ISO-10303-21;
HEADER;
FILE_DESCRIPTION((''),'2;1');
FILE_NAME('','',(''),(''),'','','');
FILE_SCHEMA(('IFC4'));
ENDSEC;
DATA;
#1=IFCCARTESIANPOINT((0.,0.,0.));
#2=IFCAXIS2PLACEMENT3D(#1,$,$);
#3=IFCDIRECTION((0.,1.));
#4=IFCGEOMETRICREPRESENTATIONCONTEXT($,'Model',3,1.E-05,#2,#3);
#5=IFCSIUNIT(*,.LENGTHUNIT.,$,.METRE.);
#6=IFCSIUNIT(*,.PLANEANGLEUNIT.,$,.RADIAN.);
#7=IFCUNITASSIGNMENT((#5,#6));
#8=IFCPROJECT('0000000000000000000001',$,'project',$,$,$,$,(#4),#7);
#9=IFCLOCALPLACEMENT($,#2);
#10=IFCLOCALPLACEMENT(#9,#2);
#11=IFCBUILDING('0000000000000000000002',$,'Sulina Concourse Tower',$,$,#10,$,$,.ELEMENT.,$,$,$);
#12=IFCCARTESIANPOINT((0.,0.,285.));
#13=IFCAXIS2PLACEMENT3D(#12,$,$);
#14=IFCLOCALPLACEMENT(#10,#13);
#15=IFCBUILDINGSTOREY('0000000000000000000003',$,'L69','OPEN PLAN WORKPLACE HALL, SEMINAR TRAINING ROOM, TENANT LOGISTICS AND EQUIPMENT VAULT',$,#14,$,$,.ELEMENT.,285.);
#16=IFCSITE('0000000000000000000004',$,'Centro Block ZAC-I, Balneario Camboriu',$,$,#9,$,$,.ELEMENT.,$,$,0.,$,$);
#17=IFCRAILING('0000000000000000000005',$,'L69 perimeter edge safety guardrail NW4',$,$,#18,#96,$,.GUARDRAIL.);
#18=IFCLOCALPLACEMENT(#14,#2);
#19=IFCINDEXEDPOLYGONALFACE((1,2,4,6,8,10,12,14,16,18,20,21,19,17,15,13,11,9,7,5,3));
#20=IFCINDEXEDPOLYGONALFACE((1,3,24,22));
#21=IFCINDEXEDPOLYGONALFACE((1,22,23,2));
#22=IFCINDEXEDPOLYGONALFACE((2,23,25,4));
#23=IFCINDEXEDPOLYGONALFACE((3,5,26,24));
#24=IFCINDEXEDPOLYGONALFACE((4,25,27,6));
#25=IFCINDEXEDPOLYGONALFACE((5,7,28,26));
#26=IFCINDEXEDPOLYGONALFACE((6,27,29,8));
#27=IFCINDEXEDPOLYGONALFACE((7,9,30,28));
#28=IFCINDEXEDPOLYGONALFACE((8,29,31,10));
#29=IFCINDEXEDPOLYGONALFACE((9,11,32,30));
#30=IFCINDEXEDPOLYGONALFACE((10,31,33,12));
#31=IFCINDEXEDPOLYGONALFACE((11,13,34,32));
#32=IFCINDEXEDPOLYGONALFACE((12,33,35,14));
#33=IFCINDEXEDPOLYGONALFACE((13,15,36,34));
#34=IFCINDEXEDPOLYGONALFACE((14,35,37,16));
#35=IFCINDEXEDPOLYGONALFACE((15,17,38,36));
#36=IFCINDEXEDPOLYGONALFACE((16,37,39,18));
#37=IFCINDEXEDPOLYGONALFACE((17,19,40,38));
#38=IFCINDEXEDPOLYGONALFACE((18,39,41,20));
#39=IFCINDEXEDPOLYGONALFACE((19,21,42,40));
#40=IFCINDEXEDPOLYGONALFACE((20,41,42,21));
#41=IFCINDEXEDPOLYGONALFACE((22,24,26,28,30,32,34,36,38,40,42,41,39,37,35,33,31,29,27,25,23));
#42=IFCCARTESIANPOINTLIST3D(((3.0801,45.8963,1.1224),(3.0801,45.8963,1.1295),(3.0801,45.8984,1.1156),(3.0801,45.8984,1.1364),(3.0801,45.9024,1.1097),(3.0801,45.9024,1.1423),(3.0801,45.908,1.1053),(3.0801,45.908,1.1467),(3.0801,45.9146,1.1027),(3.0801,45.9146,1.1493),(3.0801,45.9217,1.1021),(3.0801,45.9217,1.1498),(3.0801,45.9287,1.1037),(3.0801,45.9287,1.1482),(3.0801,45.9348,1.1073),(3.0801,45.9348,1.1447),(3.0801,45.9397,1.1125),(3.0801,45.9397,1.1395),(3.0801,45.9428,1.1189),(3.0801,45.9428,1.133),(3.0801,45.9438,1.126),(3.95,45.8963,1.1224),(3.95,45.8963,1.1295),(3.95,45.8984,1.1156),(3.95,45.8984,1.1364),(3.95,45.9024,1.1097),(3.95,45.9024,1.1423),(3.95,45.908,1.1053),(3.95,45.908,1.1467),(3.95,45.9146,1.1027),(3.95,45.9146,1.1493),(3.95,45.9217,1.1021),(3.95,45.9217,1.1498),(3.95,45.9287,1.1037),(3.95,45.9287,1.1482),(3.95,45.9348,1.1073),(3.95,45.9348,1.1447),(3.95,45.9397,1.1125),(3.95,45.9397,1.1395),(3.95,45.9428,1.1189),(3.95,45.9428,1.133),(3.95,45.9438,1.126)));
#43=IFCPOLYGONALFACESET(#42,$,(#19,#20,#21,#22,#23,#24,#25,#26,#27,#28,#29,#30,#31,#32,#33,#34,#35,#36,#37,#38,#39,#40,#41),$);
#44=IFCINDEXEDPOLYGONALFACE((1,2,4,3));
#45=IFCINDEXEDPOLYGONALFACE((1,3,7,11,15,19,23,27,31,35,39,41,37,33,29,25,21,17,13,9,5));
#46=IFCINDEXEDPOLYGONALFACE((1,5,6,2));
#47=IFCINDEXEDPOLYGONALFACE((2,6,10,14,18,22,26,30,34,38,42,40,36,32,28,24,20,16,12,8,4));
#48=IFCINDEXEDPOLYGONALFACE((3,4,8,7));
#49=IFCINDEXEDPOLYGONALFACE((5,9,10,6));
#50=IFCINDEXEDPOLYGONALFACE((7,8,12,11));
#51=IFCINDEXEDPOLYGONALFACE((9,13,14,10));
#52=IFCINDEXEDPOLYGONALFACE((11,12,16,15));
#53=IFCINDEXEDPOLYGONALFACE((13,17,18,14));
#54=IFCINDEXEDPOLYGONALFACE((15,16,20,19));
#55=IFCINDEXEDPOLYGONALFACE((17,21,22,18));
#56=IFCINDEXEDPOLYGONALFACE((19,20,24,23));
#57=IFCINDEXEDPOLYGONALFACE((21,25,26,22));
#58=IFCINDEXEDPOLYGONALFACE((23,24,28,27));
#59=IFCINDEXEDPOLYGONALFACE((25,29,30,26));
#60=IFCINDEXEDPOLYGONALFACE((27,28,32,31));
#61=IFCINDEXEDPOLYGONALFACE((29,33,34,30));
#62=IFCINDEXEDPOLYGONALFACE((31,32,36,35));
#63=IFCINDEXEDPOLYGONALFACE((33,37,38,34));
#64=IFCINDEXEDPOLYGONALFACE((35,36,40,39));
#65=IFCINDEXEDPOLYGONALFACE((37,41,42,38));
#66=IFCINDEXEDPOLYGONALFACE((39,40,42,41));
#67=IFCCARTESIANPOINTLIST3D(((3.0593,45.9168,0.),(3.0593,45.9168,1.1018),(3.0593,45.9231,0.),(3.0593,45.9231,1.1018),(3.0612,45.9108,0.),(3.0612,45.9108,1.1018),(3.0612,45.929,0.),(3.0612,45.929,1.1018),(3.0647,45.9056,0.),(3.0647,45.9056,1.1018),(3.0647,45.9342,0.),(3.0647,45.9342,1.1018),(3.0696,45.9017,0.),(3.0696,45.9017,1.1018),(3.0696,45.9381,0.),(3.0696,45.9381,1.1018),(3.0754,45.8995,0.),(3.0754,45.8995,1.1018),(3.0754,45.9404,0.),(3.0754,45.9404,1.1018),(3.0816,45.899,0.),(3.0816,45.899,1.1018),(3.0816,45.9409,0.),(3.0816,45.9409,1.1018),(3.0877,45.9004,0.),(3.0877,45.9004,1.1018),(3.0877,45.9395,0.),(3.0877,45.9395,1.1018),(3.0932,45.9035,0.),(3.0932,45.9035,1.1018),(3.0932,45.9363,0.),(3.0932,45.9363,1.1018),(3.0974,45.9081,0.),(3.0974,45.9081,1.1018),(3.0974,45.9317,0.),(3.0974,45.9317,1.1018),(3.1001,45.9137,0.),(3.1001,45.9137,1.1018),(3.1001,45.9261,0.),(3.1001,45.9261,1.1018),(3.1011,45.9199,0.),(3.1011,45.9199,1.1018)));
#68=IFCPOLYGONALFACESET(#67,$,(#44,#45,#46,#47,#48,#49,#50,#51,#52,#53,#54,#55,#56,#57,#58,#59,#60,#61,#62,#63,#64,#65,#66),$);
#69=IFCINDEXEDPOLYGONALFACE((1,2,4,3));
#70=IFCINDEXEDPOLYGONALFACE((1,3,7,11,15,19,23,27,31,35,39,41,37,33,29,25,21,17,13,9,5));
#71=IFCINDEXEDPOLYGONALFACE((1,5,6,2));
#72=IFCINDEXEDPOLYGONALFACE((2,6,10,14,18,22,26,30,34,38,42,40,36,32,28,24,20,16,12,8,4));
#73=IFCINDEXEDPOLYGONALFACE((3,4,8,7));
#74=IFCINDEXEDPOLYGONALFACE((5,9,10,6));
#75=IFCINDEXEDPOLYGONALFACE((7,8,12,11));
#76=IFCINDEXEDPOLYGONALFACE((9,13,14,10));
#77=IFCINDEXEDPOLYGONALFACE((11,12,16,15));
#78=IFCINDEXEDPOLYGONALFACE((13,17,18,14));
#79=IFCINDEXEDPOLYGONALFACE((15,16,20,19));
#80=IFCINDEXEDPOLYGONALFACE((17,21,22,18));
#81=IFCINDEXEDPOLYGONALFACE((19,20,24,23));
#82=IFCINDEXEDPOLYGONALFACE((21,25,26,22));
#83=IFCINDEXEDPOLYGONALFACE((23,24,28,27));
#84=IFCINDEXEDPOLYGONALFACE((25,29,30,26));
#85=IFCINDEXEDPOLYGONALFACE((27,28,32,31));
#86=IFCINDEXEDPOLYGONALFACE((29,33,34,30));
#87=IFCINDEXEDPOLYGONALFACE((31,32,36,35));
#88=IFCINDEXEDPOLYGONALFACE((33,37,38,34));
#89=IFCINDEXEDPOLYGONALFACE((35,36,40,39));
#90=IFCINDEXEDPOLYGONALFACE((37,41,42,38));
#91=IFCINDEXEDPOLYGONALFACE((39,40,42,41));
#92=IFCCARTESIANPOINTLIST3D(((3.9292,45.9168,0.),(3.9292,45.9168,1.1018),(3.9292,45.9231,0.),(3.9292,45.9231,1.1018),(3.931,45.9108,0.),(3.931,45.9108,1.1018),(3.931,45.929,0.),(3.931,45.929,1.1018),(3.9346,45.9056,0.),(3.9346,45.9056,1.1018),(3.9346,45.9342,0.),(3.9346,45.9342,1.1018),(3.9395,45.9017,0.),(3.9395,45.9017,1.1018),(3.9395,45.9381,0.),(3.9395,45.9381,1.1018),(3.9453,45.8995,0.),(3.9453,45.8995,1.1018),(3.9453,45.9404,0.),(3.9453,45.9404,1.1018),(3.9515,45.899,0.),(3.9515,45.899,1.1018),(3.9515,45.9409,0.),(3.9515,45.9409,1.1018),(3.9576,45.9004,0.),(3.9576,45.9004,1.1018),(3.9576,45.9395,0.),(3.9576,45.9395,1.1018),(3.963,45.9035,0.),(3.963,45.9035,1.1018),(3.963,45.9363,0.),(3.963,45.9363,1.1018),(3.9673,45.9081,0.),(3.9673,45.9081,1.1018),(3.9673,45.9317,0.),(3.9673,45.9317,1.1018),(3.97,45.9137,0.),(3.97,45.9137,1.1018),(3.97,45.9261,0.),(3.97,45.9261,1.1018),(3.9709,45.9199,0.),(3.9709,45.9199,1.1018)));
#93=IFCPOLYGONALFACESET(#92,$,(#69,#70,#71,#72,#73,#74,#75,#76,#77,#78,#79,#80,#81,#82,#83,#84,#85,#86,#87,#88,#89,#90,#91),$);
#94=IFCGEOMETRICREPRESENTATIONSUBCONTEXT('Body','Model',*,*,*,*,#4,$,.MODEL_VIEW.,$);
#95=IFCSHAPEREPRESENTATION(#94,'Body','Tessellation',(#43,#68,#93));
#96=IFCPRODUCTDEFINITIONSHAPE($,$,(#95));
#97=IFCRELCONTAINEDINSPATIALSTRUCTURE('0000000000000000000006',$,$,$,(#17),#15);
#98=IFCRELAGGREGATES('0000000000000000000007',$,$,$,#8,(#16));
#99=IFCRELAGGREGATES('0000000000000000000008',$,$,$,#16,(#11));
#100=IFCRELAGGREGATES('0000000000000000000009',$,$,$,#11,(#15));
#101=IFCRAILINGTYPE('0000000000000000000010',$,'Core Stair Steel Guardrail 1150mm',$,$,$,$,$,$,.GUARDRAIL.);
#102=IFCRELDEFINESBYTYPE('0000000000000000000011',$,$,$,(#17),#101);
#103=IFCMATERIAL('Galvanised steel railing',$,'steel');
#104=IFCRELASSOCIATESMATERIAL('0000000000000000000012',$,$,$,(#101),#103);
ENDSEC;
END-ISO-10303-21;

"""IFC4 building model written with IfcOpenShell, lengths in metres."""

from ifc_helpers import new_model, si_unit, direction, frame, origin, origin_2d, place, context, subcontext, project, spatial, circle, extrude, material, type_object, element, save


model = new_model("IFC4")

# Units and contexts
model_context = context("Model", 3, precision=1e-05, world=origin(), true_north=direction((0.0, 1.0)))
body_context = subcontext(model_context, "Body", "Model", "MODEL_VIEW")
ifc_project = project(units=[si_unit("LENGTHUNIT", "METRE"), si_unit("PLANEANGLEUNIT", "RADIAN")], contexts=[model_context])

# Site, building, storey
site_placement = place(None, origin())
site = spatial("IfcSite", under=ifc_project, at=site_placement, Name="Centro Block ZAC-I, Balneario Camboriu", CompositionType="ELEMENT", RefElevation=0.0)
building_placement = place(site_placement, origin())
building = spatial("IfcBuilding", under=site, at=building_placement, Name="Sulina Concourse Tower", CompositionType="ELEMENT")
storey_placement = place(building_placement, frame((0.0, 0.0, 285.0)))
storey = spatial("IfcBuildingStorey", under=building, at=storey_placement, Name="L69", Description="OPEN PLAN WORKPLACE HALL, SEMINAR TRAINING ROOM, TENANT LOGISTICS AND EQUIPMENT VAULT", CompositionType="ELEMENT", Elevation=285.0)

# Railing
ifc_material_1 = material(Name="Galvanised steel railing", Category="steel")
railing_type_1 = type_object("IfcRailingType", Name="Core Stair Steel Guardrail 1150mm", PredefinedType="GUARDRAIL", material=ifc_material_1)
railing_1_placement = place(storey_placement, frame((3.0801, 45.9199, 0.0)))
element("IfcRailing", 1, at=railing_1_placement, inside=storey, type_object=railing_type_1, Name="L69 perimeter edge safety guardrail NW4", PredefinedType="GUARDRAIL", context=body_context, shape_type="SweptSolid", body=[
    extrude(circle(Radius=0.0239, at=origin_2d()), frame((0.0, 0.0, 1.126), z_axis=(1.0, 0.0, 0.0), x_axis=(0.0, 1.0, 0.0)), (0.0, 0.0, 1.0), 0.8699),
    extrude(circle(Radius=0.021, at=origin_2d()), origin(), (0.0, 0.0, 1.0), 1.1018),
    extrude(circle(Radius=0.021, at=origin_2d()), frame((0.8699, 0.0, 0.0)), (0.0, 0.0, 1.0), 1.1018),
])

save(model, "model.ifc")
